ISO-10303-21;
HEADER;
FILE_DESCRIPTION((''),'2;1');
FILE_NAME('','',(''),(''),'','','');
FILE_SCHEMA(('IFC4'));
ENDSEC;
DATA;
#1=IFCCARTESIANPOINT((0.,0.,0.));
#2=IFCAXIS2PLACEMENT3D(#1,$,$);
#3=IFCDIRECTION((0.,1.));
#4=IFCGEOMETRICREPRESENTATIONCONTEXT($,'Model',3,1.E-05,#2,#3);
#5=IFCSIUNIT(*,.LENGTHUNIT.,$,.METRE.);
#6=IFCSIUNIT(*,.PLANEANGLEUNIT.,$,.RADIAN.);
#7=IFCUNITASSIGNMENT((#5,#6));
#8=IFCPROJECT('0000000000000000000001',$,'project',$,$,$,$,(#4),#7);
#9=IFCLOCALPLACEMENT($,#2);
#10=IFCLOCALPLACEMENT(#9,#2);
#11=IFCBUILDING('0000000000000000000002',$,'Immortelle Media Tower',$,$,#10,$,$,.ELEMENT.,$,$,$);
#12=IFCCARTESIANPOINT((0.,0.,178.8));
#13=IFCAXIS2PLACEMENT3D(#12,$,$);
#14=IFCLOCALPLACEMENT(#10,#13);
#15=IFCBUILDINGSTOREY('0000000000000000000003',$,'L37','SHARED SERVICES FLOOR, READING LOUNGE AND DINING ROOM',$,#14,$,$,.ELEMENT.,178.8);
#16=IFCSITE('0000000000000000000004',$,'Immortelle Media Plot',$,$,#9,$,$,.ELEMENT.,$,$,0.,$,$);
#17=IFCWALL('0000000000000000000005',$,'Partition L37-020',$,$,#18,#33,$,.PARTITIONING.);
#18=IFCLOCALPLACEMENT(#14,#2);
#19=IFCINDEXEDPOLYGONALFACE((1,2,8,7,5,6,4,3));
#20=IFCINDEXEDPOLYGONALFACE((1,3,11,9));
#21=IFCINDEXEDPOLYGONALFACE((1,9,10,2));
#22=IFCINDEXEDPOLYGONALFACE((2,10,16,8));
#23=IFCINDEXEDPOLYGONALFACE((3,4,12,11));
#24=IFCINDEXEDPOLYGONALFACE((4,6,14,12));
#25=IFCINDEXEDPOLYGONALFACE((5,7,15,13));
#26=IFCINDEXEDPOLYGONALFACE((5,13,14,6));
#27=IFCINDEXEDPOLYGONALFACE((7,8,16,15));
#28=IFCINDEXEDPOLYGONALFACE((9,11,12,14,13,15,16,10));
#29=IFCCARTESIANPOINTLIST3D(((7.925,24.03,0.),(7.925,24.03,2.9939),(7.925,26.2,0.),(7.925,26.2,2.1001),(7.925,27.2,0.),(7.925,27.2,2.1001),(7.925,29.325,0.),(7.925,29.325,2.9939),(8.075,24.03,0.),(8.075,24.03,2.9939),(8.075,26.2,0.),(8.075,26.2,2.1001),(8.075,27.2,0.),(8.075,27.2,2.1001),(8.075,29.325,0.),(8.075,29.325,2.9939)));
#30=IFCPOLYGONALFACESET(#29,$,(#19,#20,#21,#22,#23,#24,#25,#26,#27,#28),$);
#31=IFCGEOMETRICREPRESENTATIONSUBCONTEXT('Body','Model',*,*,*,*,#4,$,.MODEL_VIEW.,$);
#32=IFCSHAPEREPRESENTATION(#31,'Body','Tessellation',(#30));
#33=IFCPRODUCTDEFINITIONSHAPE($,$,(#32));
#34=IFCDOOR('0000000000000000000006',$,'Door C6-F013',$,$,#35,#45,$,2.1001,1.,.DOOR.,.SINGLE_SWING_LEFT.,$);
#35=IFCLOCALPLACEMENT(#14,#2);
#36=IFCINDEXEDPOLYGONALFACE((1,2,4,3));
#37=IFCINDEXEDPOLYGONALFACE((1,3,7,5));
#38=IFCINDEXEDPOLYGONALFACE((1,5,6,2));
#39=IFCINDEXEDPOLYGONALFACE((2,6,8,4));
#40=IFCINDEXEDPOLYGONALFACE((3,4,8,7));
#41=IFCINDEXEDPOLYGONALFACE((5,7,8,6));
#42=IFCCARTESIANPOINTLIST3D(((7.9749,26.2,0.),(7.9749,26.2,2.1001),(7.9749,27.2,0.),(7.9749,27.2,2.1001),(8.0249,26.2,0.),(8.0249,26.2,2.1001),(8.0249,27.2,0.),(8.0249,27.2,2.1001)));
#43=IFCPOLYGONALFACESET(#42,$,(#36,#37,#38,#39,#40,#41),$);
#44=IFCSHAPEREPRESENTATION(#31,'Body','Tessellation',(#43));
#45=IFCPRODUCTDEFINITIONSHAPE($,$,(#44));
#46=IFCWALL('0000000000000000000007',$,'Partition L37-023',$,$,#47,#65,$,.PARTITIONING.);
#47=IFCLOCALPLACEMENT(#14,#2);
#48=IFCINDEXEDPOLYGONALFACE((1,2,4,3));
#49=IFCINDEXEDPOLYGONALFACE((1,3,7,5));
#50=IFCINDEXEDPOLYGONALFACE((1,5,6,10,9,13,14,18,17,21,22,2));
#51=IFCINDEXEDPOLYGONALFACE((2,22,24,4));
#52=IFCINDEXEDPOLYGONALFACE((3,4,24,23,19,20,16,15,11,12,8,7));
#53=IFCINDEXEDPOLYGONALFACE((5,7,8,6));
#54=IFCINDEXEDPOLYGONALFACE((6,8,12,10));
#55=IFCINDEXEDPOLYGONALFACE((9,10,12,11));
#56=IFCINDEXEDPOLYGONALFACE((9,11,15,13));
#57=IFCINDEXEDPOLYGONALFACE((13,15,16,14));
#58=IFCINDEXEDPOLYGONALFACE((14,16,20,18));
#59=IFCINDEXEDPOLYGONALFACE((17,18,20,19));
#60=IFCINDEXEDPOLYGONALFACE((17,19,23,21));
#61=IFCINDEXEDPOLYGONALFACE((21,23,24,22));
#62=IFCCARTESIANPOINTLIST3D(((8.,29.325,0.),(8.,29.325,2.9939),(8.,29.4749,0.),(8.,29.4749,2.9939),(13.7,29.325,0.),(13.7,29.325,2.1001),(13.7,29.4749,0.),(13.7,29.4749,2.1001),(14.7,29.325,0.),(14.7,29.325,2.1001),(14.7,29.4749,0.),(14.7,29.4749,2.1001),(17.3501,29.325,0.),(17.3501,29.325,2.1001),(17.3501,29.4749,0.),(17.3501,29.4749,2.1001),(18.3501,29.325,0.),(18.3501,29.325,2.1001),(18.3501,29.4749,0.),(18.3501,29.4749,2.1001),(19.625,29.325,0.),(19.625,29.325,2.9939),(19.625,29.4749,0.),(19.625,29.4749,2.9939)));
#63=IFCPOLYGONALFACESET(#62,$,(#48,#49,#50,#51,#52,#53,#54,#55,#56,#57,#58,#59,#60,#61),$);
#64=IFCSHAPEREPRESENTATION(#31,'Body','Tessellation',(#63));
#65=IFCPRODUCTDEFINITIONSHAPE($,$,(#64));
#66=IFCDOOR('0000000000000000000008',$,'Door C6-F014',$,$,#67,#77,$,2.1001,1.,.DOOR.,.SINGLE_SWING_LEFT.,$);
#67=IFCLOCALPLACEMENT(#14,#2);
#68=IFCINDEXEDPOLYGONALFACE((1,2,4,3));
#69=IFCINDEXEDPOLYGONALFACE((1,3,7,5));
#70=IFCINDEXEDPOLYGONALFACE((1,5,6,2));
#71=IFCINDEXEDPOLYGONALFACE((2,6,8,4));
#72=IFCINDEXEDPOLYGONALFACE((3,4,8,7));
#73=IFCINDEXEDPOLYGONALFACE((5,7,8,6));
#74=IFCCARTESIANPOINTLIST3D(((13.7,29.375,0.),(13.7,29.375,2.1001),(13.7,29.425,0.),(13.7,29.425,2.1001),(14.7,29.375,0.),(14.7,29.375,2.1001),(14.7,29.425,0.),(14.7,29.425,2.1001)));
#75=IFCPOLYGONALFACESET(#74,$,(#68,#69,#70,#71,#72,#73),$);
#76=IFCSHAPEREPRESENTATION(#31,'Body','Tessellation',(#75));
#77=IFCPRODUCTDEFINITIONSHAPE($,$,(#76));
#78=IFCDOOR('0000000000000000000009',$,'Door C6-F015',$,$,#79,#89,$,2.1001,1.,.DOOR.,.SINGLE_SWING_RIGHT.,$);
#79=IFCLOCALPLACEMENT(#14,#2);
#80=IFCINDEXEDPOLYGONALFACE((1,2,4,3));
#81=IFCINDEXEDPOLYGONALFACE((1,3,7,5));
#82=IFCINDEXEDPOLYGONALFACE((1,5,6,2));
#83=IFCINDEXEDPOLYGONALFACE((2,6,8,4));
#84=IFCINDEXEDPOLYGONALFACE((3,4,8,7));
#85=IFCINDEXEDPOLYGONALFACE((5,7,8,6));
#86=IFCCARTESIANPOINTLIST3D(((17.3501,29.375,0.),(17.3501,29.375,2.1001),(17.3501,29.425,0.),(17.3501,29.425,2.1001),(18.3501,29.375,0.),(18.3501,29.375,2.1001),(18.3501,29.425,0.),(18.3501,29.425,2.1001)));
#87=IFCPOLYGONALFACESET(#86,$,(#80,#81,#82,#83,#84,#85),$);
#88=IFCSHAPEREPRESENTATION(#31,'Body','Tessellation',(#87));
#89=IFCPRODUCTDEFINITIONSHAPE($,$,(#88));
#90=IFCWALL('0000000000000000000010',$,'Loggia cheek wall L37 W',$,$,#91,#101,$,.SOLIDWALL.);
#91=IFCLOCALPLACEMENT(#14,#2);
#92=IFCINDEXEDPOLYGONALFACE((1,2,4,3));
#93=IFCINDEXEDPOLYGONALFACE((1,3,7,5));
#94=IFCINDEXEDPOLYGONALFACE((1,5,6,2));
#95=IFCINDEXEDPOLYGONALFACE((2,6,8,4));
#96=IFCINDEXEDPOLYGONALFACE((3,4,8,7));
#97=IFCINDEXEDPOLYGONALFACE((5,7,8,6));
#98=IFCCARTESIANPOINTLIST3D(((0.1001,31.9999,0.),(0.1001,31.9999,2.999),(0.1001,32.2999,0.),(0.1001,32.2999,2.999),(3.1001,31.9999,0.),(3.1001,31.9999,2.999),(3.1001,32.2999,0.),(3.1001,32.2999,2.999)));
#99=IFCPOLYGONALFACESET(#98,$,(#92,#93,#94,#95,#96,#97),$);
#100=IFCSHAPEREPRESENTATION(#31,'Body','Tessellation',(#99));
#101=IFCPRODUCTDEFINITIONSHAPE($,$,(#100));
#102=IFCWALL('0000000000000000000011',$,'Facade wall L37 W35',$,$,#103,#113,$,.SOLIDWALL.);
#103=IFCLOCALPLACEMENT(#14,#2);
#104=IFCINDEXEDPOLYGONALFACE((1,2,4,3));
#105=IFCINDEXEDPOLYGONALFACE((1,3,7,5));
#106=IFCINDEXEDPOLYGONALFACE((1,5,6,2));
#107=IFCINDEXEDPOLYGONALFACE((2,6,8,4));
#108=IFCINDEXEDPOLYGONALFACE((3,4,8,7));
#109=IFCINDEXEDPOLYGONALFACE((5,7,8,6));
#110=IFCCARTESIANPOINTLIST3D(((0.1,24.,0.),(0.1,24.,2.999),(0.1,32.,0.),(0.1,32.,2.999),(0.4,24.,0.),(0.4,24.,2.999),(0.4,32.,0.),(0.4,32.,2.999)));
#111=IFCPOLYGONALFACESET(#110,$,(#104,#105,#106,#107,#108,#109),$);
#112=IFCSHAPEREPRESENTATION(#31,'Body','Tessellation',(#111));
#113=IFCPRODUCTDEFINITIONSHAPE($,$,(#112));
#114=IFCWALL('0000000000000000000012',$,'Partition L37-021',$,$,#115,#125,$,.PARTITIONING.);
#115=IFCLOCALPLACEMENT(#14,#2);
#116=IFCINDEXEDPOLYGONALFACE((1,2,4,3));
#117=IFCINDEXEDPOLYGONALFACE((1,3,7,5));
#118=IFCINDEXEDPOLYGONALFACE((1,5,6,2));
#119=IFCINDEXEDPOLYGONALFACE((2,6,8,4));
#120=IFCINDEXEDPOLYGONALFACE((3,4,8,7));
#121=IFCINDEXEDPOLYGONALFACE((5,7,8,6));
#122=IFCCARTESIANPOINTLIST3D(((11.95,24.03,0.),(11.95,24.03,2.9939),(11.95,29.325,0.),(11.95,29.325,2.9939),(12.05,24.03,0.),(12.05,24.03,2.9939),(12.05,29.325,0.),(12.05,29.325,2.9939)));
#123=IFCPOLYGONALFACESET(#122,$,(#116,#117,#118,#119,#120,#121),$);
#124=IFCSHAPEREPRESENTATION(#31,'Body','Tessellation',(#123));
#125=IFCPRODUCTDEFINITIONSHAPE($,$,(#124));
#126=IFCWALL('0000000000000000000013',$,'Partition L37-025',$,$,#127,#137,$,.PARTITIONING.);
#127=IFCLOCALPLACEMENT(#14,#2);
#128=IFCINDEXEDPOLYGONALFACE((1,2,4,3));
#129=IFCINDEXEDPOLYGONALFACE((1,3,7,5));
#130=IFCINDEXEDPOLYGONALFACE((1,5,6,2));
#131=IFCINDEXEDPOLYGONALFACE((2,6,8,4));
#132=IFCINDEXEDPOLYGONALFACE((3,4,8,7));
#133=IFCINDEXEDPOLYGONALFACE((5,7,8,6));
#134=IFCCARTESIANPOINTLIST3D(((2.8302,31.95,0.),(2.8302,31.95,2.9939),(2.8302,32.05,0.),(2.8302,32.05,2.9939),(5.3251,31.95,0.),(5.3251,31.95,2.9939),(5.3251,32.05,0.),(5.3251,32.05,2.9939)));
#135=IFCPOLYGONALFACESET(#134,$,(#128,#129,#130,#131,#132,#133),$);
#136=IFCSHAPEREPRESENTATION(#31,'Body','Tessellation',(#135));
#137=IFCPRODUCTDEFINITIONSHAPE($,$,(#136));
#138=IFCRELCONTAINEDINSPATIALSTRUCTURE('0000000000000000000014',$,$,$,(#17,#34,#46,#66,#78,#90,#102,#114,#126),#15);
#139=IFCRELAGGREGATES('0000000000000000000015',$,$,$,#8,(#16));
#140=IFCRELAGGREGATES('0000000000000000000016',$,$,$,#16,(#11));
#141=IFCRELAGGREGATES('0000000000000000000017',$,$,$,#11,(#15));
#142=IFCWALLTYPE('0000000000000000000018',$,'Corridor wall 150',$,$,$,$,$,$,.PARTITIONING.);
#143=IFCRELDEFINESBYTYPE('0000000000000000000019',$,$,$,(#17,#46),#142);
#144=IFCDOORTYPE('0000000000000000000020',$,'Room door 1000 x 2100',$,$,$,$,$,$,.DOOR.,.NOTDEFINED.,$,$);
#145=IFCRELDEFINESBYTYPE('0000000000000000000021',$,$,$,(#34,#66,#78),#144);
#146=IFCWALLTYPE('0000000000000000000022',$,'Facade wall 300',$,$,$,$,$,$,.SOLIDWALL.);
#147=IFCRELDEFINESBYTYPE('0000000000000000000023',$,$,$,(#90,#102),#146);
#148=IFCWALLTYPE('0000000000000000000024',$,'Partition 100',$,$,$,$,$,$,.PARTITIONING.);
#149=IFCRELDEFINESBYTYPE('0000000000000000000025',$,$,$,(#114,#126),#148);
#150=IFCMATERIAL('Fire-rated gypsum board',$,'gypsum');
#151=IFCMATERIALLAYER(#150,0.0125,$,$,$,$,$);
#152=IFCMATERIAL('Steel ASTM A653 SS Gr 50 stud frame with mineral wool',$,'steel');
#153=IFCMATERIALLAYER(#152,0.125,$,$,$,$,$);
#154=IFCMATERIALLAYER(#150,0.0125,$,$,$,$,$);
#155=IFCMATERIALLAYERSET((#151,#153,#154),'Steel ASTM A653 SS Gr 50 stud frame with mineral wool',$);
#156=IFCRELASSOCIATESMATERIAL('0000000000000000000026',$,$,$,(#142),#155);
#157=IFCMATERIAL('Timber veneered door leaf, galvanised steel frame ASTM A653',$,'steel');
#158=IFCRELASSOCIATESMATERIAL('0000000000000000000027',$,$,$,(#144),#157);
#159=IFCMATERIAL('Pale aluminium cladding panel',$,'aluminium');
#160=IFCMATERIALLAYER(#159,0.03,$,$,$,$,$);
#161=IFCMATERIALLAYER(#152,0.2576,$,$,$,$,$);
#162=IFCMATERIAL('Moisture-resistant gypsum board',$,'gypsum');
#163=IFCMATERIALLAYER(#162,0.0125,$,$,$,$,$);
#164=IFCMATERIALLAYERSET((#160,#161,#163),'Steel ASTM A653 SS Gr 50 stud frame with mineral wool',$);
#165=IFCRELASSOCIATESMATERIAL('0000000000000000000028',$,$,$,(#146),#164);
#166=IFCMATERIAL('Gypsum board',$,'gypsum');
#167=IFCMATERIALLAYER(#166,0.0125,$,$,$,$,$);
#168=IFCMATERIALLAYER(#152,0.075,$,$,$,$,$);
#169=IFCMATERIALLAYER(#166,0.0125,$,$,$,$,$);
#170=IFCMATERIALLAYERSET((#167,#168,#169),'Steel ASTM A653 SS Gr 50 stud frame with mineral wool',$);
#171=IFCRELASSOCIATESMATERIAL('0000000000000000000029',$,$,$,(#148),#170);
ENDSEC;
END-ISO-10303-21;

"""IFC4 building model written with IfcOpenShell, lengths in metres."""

from ifc_helpers import new_model, si_unit, direction, frame, frame_2d, origin, place, context, subcontext, project, spatial, rectangle, extrude, material, layer, layer_set, type_object, element, fill, save


model = new_model("IFC4")

# Units and contexts
model_context = context("Model", 3, precision=1e-05, world=origin(), true_north=direction((0.0, 1.0)))
body_context = subcontext(model_context, "Body", "Model", "MODEL_VIEW")
ifc_project = project(units=[si_unit("LENGTHUNIT", "METRE"), si_unit("PLANEANGLEUNIT", "RADIAN")], contexts=[model_context])

# Site, building, storey
site_placement = place(None, origin())
site = spatial("IfcSite", under=ifc_project, at=site_placement, Name="Immortelle Media Plot", CompositionType="ELEMENT", RefElevation=0.0)
building_placement = place(site_placement, origin())
building = spatial("IfcBuilding", under=site, at=building_placement, Name="Immortelle Media Tower", CompositionType="ELEMENT")
storey_placement = place(building_placement, frame((0.0, 0.0, 178.8)))
storey = spatial("IfcBuildingStorey", under=building, at=storey_placement, Name="L37", Description="SHARED SERVICES FLOOR, READING LOUNGE AND DINING ROOM", CompositionType="ELEMENT", Elevation=178.8)

# Shared definitions
ifc_material_1 = material(Name="Fire-rated gypsum board", Category="gypsum")
ifc_material_2 = material(Name="Steel ASTM A653 SS Gr 50 stud frame with mineral wool", Category="steel")

# Wall, opening, door
ifc_layer_1 = layer(ifc_material_1, 0.0125)
ifc_layer_2 = layer(ifc_material_2, 0.125)
ifc_layer_3 = layer(ifc_material_1, 0.0125)
ifc_layer_set_1 = layer_set([ifc_layer_1, ifc_layer_2, ifc_layer_3], Name="Steel ASTM A653 SS Gr 50 stud frame with mineral wool")
wall_type_1 = type_object("IfcWallType", Name="Corridor wall 150", PredefinedType="PARTITIONING", material=ifc_layer_set_1)
wall_1_placement = place(storey_placement, frame((8.0, 24.03, 0.0), z_axis=(0.0, 0.0, 1.0), x_axis=(0.0, 1.0, 0.0)))
wall_1 = element("IfcWall", 1, at=wall_1_placement, inside=storey, type_object=wall_type_1, Name="Partition L37-020", PredefinedType="PARTITIONING", context=body_context, shape_type="SweptSolid", body=[
    extrude(rectangle(XDim=5.2949, YDim=0.1499, at=frame_2d((2.6475, 0.0))), origin(), (0.0, 0.0, 1.0), 2.9939),
])
opening_1_placement = place(wall_1_placement, frame((3.1699, 0.0, 0.0), z_axis=(0.0, 0.0, 1.0), x_axis=(-1.0, 0.0, 0.0)))
opening_1 = element("IfcOpeningElement", 2, at=opening_1_placement, cuts=wall_1, PredefinedType="OPENING", context=body_context, shape_type="SweptSolid", body=[
    extrude(rectangle(XDim=1.0, YDim=2.1001, at=frame_2d((0.5, 1.05))), frame((0.0, 0.085, 0.0), z_axis=(0.0, -1.0, 0.0), x_axis=(1.0, 0.0, 0.0)), (0.0, 0.0, 1.0), 0.1699),
])
ifc_material_3 = material(Name="Timber veneered door leaf, galvanised steel frame ASTM A653", Category="steel")
door_type_1 = type_object("IfcDoorType", Name="Room door 1000 x 2100", OperationType="NOTDEFINED", PredefinedType="DOOR", material=ifc_material_3)
door_1_placement = place(opening_1_placement, origin())
door_1 = element("IfcDoor", 3, at=door_1_placement, inside=storey, type_object=door_type_1, Name="Door C6-F013", OperationType="SINGLE_SWING_LEFT", OverallHeight=2.1001, OverallWidth=1.0, PredefinedType="DOOR", context=body_context, shape_type="SweptSolid", body=[
    extrude(rectangle(XDim=1.0, YDim=2.1001, at=frame_2d((0.5, 1.05))), frame((0.0, 0.0249, 0.0), z_axis=(0.0, -1.0, 0.0), x_axis=(1.0, 0.0, 0.0)), (0.0, 0.0, 1.0), 0.05),
])
fill(opening_1, door_1)

# Wall, openings, doors
wall_2_placement = place(storey_placement, frame((8.0, 29.3999, 0.0), z_axis=(0.0, 0.0, 1.0), x_axis=(1.0, 0.0, 0.0)))
wall_2 = element("IfcWall", 4, at=wall_2_placement, inside=storey, type_object=wall_type_1, Name="Partition L37-023", PredefinedType="PARTITIONING", context=body_context, shape_type="SweptSolid", body=[
    extrude(rectangle(XDim=11.625, YDim=0.1499, at=frame_2d((5.8125, 0.0))), origin(), (0.0, 0.0, 1.0), 2.9939),
])
opening_2_placement = place(wall_2_placement, frame((6.7, 0.0, 0.0), z_axis=(0.0, 0.0, 1.0), x_axis=(-1.0, 0.0, 0.0)))
opening_2 = element("IfcOpeningElement", 5, at=opening_2_placement, cuts=wall_2, PredefinedType="OPENING", context=body_context, shape_type="SweptSolid", body=[
    extrude(rectangle(XDim=1.0, YDim=2.1001, at=frame_2d((0.5, 1.05))), frame((0.0, 0.085, 0.0), z_axis=(0.0, -1.0, 0.0), x_axis=(1.0, 0.0, 0.0)), (0.0, 0.0, 1.0), 0.1699),
])
opening_3_placement = place(wall_2_placement, frame((10.3501, 0.0, 0.0), z_axis=(0.0, 0.0, 1.0), x_axis=(-1.0, 0.0, 0.0)))
opening_3 = element("IfcOpeningElement", 6, at=opening_3_placement, cuts=wall_2, PredefinedType="OPENING", context=body_context, shape_type="SweptSolid", body=[
    extrude(rectangle(XDim=1.0, YDim=2.1001, at=frame_2d((0.5, 1.05))), frame((0.0, 0.085, 0.0), z_axis=(0.0, -1.0, 0.0), x_axis=(1.0, 0.0, 0.0)), (0.0, 0.0, 1.0), 0.1699),
])
door_2_placement = place(opening_2_placement, origin())
door_2 = element("IfcDoor", 7, at=door_2_placement, inside=storey, type_object=door_type_1, Name="Door C6-F014", OperationType="SINGLE_SWING_LEFT", OverallHeight=2.1001, OverallWidth=1.0, PredefinedType="DOOR", context=body_context, shape_type="SweptSolid", body=[
    extrude(rectangle(XDim=1.0, YDim=2.1001, at=frame_2d((0.5, 1.05))), frame((0.0, 0.0249, 0.0), z_axis=(0.0, -1.0, 0.0), x_axis=(1.0, 0.0, 0.0)), (0.0, 0.0, 1.0), 0.05),
])
fill(opening_2, door_2)
door_3_placement = place(opening_3_placement, origin())
door_3 = element("IfcDoor", 8, at=door_3_placement, inside=storey, type_object=door_type_1, Name="Door C6-F015", OperationType="SINGLE_SWING_RIGHT", OverallHeight=2.1001, OverallWidth=1.0, PredefinedType="DOOR", context=body_context, shape_type="SweptSolid", body=[
    extrude(rectangle(XDim=1.0, YDim=2.1001, at=frame_2d((0.5, 1.05))), frame((0.0, 0.0249, 0.0), z_axis=(0.0, -1.0, 0.0), x_axis=(1.0, 0.0, 0.0)), (0.0, 0.0, 1.0), 0.05),
])
fill(opening_3, door_3)

# Walls
ifc_material_4 = material(Name="Pale aluminium cladding panel", Category="aluminium")
ifc_layer_4 = layer(ifc_material_4, 0.03)
ifc_layer_5 = layer(ifc_material_2, 0.2576)
ifc_material_5 = material(Name="Moisture-resistant gypsum board", Category="gypsum")
ifc_layer_6 = layer(ifc_material_5, 0.0125)
ifc_layer_set_2 = layer_set([ifc_layer_4, ifc_layer_5, ifc_layer_6], Name="Steel ASTM A653 SS Gr 50 stud frame with mineral wool")
wall_type_2 = type_object("IfcWallType", Name="Facade wall 300", PredefinedType="SOLIDWALL", material=ifc_layer_set_2)
wall_3_placement = place(storey_placement, frame((0.1001, 32.1499, 0.0), z_axis=(0.0, 0.0, 1.0), x_axis=(1.0, 0.0, 0.0)))
element("IfcWall", 9, at=wall_3_placement, inside=storey, type_object=wall_type_2, Name="Loggia cheek wall L37 W", PredefinedType="SOLIDWALL", context=body_context, shape_type="SweptSolid", body=[
    extrude(rectangle(XDim=3.0, YDim=0.3, at=frame_2d((1.5, 0.0))), origin(), (0.0, 0.0, 1.0), 2.999),
])
wall_4_placement = place(storey_placement, frame((0.25, 32.0, 0.0), z_axis=(0.0, 0.0, 1.0), x_axis=(0.0, -1.0, 0.0)))
element("IfcWall", 10, at=wall_4_placement, inside=storey, type_object=wall_type_2, Name="Facade wall L37 W35", PredefinedType="SOLIDWALL", context=body_context, shape_type="SweptSolid", body=[
    extrude(rectangle(XDim=8.0, YDim=0.3, at=frame_2d((4.0, 0.0))), origin(), (0.0, 0.0, 1.0), 2.999),
])
ifc_material_6 = material(Name="Gypsum board", Category="gypsum")
ifc_layer_7 = layer(ifc_material_6, 0.0125)
ifc_layer_8 = layer(ifc_material_2, 0.075)
ifc_layer_9 = layer(ifc_material_6, 0.0125)
ifc_layer_set_3 = layer_set([ifc_layer_7, ifc_layer_8, ifc_layer_9], Name="Steel ASTM A653 SS Gr 50 stud frame with mineral wool")
wall_type_3 = type_object("IfcWallType", Name="Partition 100", PredefinedType="PARTITIONING", material=ifc_layer_set_3)
wall_5_placement = place(storey_placement, frame((12.0, 24.03, 0.0), z_axis=(0.0, 0.0, 1.0), x_axis=(0.0, 1.0, 0.0)))
element("IfcWall", 11, at=wall_5_placement, inside=storey, type_object=wall_type_3, Name="Partition L37-021", PredefinedType="PARTITIONING", context=body_context, shape_type="SweptSolid", body=[
    extrude(rectangle(XDim=5.2949, YDim=0.1001, at=frame_2d((2.6475, 0.0))), origin(), (0.0, 0.0, 1.0), 2.9939),
])
wall_6_placement = place(storey_placement, frame((2.8301, 32.0, 0.0), z_axis=(0.0, 0.0, 1.0), x_axis=(1.0, 0.0, 0.0)))
element("IfcWall", 12, at=wall_6_placement, inside=storey, type_object=wall_type_3, Name="Partition L37-025", PredefinedType="PARTITIONING", context=body_context, shape_type="SweptSolid", body=[
    extrude(rectangle(XDim=2.4949, YDim=0.1001, at=frame_2d((1.2476, 0.0))), origin(), (0.0, 0.0, 1.0), 2.9939),
])

save(model, "model.ifc")
